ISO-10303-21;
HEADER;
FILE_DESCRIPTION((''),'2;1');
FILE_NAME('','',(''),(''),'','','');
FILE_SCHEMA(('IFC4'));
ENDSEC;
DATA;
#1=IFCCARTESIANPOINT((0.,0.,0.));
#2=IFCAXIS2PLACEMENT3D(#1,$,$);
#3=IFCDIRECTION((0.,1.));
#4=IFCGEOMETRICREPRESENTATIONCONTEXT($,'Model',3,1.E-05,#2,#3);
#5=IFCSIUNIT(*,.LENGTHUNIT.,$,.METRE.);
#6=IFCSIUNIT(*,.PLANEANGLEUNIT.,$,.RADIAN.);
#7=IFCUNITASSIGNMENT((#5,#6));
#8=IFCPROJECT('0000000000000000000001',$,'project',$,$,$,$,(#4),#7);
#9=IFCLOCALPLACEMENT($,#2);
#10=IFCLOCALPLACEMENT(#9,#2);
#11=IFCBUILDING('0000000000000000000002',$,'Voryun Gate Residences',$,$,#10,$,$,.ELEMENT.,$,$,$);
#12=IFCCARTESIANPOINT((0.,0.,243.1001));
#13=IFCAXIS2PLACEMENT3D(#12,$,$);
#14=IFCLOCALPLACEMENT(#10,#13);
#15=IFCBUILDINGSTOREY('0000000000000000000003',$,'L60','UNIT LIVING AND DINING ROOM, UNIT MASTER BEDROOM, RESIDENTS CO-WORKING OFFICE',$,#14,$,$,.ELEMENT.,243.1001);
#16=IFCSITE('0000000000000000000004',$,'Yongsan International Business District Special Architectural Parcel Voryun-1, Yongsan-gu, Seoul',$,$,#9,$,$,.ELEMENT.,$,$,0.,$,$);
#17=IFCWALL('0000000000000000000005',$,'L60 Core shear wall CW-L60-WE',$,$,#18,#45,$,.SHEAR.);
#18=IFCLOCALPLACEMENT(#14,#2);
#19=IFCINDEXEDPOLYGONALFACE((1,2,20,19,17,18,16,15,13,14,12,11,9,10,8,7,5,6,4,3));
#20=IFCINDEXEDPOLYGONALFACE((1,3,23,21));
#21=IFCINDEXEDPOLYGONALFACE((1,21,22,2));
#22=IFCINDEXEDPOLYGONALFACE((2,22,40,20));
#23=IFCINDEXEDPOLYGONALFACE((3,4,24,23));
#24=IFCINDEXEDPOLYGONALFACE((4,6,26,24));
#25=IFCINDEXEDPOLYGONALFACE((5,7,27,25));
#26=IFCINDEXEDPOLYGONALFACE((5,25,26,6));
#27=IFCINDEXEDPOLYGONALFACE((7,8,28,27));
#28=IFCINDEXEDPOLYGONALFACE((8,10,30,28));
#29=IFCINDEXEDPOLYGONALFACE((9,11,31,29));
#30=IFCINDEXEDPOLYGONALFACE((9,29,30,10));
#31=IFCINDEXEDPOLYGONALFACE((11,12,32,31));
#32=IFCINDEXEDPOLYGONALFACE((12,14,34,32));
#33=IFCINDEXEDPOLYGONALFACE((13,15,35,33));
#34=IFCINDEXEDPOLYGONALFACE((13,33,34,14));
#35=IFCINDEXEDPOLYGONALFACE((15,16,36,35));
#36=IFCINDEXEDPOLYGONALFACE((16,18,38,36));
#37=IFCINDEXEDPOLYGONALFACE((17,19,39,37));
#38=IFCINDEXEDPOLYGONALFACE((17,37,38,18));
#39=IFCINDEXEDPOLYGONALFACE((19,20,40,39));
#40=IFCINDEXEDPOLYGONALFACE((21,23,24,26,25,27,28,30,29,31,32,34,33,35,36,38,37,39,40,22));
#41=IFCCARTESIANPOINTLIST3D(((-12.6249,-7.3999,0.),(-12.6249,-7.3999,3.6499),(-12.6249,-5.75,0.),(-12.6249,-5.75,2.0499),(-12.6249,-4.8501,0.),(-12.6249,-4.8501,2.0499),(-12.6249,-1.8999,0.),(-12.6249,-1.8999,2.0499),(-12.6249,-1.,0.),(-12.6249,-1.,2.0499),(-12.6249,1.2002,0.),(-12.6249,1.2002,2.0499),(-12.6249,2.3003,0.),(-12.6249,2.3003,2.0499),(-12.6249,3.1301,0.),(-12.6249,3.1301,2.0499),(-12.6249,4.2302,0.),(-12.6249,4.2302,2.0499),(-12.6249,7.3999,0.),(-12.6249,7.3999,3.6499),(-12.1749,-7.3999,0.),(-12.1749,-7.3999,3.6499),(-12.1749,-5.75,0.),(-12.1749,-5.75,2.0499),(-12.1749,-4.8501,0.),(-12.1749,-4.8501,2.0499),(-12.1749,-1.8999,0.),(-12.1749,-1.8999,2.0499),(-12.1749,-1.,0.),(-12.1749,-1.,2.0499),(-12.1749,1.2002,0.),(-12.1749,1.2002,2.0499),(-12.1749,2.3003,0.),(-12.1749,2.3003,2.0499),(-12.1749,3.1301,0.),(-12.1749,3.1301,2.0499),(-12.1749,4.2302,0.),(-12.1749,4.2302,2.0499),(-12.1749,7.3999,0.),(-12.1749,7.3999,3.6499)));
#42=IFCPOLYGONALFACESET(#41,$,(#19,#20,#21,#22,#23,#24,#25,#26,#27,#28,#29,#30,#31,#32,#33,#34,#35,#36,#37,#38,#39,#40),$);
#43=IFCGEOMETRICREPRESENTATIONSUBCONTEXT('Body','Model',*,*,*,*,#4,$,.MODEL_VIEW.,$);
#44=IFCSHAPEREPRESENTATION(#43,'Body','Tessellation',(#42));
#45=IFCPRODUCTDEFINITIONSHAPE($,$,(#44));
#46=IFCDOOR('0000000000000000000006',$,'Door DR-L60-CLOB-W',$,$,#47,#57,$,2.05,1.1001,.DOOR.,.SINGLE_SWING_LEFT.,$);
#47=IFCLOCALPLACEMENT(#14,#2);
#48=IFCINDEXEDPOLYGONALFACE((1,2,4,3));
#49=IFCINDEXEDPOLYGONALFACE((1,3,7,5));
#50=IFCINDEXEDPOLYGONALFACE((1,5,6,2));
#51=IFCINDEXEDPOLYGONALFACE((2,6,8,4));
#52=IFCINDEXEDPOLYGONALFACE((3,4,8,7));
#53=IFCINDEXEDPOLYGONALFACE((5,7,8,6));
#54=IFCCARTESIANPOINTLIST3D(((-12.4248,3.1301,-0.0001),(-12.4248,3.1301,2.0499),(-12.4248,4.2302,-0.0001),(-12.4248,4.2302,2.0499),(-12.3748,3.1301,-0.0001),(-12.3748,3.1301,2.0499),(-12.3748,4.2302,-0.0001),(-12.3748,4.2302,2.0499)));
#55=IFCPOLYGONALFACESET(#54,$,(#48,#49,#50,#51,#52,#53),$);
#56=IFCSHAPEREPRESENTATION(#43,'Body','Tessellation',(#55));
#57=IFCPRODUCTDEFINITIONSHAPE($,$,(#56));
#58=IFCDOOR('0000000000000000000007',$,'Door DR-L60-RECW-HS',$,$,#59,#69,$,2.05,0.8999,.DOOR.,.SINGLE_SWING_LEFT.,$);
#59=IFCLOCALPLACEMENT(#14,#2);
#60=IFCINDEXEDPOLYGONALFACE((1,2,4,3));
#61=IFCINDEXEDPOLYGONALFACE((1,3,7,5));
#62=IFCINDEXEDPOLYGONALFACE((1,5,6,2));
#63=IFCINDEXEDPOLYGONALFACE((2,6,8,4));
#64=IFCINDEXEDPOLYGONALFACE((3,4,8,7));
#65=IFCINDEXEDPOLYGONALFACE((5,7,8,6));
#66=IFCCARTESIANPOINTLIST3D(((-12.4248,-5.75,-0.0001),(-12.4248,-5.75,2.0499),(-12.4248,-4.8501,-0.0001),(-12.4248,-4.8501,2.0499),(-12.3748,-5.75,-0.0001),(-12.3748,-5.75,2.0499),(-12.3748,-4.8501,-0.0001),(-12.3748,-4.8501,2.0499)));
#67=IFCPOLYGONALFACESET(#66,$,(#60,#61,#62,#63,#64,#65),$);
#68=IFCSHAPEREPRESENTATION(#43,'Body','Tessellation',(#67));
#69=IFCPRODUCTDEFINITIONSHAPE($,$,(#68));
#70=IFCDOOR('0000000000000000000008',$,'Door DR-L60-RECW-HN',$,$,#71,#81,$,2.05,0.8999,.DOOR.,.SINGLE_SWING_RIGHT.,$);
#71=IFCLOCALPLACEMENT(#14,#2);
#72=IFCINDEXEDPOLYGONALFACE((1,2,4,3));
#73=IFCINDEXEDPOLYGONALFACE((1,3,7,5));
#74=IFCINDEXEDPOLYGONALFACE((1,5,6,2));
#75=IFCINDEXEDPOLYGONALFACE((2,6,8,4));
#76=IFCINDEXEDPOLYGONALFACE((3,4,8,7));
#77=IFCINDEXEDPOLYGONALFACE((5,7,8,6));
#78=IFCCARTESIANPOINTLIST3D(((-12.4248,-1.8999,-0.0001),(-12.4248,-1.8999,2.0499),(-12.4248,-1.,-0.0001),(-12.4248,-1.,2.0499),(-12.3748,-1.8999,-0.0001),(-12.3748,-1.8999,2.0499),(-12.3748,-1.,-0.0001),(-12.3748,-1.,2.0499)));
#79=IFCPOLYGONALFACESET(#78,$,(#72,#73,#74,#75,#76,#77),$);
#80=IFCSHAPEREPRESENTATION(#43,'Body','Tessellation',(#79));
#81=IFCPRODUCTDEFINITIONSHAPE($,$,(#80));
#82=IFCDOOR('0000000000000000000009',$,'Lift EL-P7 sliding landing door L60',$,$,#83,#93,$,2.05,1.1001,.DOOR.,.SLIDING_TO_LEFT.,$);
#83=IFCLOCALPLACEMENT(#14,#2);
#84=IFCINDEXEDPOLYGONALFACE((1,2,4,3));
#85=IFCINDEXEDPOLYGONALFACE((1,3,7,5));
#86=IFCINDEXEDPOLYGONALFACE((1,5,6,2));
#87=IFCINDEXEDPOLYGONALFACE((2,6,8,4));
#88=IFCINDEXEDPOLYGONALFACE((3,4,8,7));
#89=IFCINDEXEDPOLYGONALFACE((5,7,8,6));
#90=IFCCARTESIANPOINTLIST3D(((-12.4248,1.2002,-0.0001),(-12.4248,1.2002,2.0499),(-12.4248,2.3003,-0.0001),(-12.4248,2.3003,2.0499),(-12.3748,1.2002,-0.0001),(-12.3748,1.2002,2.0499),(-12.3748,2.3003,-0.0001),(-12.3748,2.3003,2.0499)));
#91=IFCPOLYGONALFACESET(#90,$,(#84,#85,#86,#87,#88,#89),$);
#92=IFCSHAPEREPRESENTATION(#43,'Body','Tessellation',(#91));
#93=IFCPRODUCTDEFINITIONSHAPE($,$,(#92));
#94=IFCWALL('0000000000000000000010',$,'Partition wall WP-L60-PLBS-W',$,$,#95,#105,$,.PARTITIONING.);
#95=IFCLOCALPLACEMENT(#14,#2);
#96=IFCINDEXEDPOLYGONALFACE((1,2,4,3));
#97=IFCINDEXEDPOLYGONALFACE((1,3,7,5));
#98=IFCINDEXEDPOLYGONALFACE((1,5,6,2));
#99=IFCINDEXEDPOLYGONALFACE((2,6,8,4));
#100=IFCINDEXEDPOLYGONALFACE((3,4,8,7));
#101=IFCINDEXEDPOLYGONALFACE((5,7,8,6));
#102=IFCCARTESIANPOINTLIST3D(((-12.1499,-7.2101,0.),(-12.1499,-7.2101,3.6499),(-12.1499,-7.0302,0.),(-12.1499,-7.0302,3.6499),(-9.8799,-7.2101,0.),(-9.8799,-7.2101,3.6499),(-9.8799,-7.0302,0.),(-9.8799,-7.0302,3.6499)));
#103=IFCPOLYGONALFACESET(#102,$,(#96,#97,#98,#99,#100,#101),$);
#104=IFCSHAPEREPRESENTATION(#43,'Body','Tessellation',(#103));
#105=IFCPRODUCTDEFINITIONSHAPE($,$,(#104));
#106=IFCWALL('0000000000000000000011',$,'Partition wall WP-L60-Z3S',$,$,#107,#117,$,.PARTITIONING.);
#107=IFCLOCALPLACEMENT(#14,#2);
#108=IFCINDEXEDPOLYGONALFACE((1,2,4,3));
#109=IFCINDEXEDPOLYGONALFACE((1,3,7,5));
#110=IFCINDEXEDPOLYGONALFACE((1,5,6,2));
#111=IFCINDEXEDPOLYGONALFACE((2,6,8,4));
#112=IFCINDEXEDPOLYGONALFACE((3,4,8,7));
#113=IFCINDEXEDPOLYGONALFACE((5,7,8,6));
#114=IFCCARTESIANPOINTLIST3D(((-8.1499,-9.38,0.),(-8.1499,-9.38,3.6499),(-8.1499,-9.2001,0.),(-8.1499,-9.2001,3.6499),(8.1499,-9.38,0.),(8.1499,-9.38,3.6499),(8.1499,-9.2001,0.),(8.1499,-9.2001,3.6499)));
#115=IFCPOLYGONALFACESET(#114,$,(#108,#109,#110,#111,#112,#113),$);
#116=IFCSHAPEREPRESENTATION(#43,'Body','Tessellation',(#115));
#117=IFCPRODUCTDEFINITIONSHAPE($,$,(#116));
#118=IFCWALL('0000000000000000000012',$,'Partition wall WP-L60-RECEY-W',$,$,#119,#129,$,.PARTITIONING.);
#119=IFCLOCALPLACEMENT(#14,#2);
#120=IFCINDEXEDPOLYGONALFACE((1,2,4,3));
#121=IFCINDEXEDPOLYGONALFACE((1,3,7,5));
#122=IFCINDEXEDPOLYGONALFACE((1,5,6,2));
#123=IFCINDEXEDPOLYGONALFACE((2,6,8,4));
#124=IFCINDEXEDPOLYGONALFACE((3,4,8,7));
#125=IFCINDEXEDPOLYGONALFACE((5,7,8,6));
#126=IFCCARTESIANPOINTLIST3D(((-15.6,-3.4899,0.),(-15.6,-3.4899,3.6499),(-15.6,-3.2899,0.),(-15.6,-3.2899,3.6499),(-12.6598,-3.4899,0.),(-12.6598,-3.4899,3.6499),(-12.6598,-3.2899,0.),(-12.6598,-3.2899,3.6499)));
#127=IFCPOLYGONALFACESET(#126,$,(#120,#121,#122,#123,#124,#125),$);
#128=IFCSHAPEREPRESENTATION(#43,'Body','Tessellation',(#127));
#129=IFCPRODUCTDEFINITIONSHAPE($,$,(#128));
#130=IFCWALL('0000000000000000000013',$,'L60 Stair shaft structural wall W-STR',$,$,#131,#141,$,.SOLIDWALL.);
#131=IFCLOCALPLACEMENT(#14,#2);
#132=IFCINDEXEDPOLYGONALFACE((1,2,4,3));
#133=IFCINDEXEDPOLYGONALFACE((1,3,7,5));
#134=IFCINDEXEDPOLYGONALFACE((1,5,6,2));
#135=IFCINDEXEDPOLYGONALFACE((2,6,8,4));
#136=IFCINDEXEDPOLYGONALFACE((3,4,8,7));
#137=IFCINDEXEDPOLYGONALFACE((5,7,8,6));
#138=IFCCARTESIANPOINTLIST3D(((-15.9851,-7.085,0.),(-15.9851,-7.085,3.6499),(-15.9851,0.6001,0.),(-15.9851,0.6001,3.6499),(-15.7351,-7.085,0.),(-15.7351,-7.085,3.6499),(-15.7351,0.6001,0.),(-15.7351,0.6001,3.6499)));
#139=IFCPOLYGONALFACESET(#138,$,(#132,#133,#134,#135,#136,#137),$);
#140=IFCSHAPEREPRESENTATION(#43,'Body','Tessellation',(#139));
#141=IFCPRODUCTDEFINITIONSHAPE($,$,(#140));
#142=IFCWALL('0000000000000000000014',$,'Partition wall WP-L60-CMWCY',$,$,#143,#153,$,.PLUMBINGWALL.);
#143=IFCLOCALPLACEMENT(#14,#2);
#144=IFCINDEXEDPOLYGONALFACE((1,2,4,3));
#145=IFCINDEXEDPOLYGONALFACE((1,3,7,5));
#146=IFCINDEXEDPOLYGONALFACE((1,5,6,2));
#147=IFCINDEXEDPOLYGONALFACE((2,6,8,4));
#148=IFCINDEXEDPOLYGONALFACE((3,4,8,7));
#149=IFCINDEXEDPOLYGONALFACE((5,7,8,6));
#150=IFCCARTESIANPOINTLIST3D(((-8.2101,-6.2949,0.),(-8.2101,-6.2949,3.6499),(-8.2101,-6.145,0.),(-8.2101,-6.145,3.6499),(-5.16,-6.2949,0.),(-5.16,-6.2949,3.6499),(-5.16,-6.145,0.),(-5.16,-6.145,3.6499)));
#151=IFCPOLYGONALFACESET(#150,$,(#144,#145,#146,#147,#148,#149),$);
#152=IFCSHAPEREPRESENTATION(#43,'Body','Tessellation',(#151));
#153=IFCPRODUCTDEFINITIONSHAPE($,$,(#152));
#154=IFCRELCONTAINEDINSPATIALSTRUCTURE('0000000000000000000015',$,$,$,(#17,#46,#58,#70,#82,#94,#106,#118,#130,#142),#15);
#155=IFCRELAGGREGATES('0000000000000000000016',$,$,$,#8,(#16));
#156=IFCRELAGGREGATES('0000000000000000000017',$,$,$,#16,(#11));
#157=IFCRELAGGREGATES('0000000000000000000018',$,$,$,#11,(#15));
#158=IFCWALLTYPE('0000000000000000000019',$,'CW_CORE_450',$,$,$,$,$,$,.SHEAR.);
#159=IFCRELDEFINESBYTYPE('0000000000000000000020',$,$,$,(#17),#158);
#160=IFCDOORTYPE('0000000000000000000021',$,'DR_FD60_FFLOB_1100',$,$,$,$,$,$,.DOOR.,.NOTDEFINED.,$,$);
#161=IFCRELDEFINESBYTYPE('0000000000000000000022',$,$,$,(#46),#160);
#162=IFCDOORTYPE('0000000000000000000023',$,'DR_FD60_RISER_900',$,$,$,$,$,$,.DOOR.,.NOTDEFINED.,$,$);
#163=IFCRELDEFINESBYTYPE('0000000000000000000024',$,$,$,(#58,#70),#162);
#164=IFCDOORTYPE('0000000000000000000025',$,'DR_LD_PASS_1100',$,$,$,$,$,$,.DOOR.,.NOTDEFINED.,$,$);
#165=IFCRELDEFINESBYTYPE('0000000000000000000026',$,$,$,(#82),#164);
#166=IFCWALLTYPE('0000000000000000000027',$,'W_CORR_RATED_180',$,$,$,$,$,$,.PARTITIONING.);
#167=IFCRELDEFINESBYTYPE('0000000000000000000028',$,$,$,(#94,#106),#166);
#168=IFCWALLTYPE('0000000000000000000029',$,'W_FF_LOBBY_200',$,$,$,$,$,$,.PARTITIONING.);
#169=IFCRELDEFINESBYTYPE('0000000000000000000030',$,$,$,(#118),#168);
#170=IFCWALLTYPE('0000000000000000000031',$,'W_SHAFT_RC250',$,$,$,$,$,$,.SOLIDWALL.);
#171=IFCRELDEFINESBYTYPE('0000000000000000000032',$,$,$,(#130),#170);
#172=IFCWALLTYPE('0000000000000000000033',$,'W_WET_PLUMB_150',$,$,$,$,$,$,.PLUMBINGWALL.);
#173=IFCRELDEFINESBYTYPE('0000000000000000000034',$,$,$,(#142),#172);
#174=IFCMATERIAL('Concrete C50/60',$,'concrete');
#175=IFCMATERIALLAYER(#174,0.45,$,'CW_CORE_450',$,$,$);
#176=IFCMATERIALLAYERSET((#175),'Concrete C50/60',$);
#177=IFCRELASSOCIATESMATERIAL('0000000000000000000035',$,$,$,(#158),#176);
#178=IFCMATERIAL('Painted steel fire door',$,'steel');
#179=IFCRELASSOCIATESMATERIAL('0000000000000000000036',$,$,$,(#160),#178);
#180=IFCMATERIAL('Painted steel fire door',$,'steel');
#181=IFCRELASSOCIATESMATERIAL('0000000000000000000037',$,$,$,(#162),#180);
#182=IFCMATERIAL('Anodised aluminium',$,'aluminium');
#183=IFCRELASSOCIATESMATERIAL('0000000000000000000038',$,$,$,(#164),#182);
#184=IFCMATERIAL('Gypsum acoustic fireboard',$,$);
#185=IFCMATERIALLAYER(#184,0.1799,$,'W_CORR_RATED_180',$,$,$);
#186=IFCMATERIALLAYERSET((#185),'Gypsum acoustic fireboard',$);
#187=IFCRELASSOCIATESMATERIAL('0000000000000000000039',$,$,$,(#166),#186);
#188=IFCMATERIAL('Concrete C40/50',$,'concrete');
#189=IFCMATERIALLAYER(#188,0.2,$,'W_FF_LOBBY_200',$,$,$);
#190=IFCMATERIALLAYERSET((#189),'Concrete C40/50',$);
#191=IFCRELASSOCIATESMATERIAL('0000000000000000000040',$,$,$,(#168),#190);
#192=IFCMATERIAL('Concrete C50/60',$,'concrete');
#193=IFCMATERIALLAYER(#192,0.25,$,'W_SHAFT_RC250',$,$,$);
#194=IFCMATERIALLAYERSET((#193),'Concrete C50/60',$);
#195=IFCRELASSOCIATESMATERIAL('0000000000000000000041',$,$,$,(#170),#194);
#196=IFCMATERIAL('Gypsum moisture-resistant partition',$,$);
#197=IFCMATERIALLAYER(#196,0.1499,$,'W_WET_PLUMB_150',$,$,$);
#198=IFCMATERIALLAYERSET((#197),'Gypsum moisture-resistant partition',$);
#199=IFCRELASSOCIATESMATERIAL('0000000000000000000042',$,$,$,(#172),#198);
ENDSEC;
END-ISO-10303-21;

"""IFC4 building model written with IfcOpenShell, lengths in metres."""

from ifc_helpers import new_model, si_unit, direction, frame, frame_2d, origin, place, context, subcontext, project, spatial, rectangle, extrude, material, layer, layer_set, type_object, element, fill, save


model = new_model("IFC4")

# Units and contexts
model_context = context("Model", 3, precision=1e-05, world=origin(), true_north=direction((0.0, 1.0)))
body_context = subcontext(model_context, "Body", "Model", "MODEL_VIEW")
ifc_project = project(units=[si_unit("LENGTHUNIT", "METRE"), si_unit("PLANEANGLEUNIT", "RADIAN")], contexts=[model_context])

# Site, building, storey
site_placement = place(None, origin())
site = spatial("IfcSite", under=ifc_project, at=site_placement, Name="Yongsan International Business District Special Architectural Parcel Voryun-1, Yongsan-gu, Seoul", CompositionType="ELEMENT", RefElevation=0.0)
building_placement = place(site_placement, origin())
building = spatial("IfcBuilding", under=site, at=building_placement, Name="Voryun Gate Residences", CompositionType="ELEMENT")
storey_placement = place(building_placement, frame((0.0, 0.0, 243.1001)))
storey = spatial("IfcBuildingStorey", under=building, at=storey_placement, Name="L60", Description="UNIT LIVING AND DINING ROOM, UNIT MASTER BEDROOM, RESIDENTS CO-WORKING OFFICE", CompositionType="ELEMENT", Elevation=243.1001)

# Wall, openings, doors
ifc_material_1 = material(Name="Concrete C50/60", Category="concrete")
ifc_layer_1 = layer(ifc_material_1, 0.45, Name="CW_CORE_450")
ifc_layer_set_1 = layer_set([ifc_layer_1], Name="Concrete C50/60")
wall_type_1 = type_object("IfcWallType", Name="CW_CORE_450", PredefinedType="SHEAR", material=ifc_layer_set_1)
wall_1_placement = place(storey_placement, frame((-12.3999, -7.3999, 0.0), z_axis=(0.0, 0.0, 1.0), x_axis=(0.0, 1.0, 0.0)))
wall_1 = element("IfcWall", 1, at=wall_1_placement, inside=storey, type_object=wall_type_1, Name="L60 Core shear wall CW-L60-WE", PredefinedType="SHEAR", context=body_context, shape_type="SweptSolid", body=[
    extrude(rectangle(XDim=14.7998, YDim=0.45, at=frame_2d((7.3999, 0.0))), origin(), (0.0, 0.0, 1.0), 3.6499),
])
opening_1_placement = place(wall_1_placement, frame((8.6001, 0.0, 0.0)))
opening_1 = element("IfcOpeningElement", 2, at=opening_1_placement, cuts=wall_1, PredefinedType="OPENING", context=body_context, shape_type="SweptSolid", body=[
    extrude(rectangle(XDim=1.1001, YDim=2.05, at=frame_2d((0.55, 1.0249))), frame((0.0, 0.2351, 0.0), z_axis=(0.0, -1.0, 0.0), x_axis=(1.0, 0.0, 0.0)), (0.0, 0.0, 1.0), 0.47),
])
opening_2_placement = place(wall_1_placement, frame((10.53, 0.0, 0.0)))
opening_2 = element("IfcOpeningElement", 3, at=opening_2_placement, cuts=wall_1, PredefinedType="OPENING", context=body_context, shape_type="SweptSolid", body=[
    extrude(rectangle(XDim=1.1001, YDim=2.05, at=frame_2d((0.55, 1.0249))), frame((0.0, 0.2351, 0.0), z_axis=(0.0, -1.0, 0.0), x_axis=(1.0, 0.0, 0.0)), (0.0, 0.0, 1.0), 0.47),
])
opening_3_placement = place(wall_1_placement, frame((1.6499, 0.0, 0.0)))
opening_3 = element("IfcOpeningElement", 4, at=opening_3_placement, cuts=wall_1, PredefinedType="OPENING", context=body_context, shape_type="SweptSolid", body=[
    extrude(rectangle(XDim=0.8999, YDim=2.05, at=frame_2d((0.45, 1.0249))), frame((0.0, 0.2351, 0.0), z_axis=(0.0, -1.0, 0.0), x_axis=(1.0, 0.0, 0.0)), (0.0, 0.0, 1.0), 0.47),
])
opening_4_placement = place(wall_1_placement, frame((5.5, 0.0, 0.0)))
opening_4 = element("IfcOpeningElement", 5, at=opening_4_placement, cuts=wall_1, PredefinedType="OPENING", context=body_context, shape_type="SweptSolid", body=[
    extrude(rectangle(XDim=0.8999, YDim=2.05, at=frame_2d((0.45, 1.0249))), frame((0.0, 0.2351, 0.0), z_axis=(0.0, -1.0, 0.0), x_axis=(1.0, 0.0, 0.0)), (0.0, 0.0, 1.0), 0.47),
])
ifc_material_2 = material(Name="Painted steel fire door", Category="steel")
door_type_1 = type_object("IfcDoorType", Name="DR_FD60_FFLOB_1100", OperationType="NOTDEFINED", PredefinedType="DOOR", material=ifc_material_2)
door_1_placement = place(opening_2_placement, origin())
door_1 = element("IfcDoor", 6, at=door_1_placement, inside=storey, type_object=door_type_1, Name="Door DR-L60-CLOB-W", OperationType="SINGLE_SWING_LEFT", OverallHeight=2.05, OverallWidth=1.1001, PredefinedType="DOOR", context=body_context, shape_type="SweptSolid", body=[
    extrude(rectangle(XDim=1.1001, YDim=2.05, at=frame_2d((0.55, 1.0249))), frame((0.0, 0.0249, 0.0), z_axis=(0.0, -1.0, 0.0), x_axis=(1.0, 0.0, 0.0)), (0.0, 0.0, 1.0), 0.05),
])
fill(opening_2, door_1)
ifc_material_3 = material(Name="Painted steel fire door", Category="steel")
door_type_2 = type_object("IfcDoorType", Name="DR_FD60_RISER_900", OperationType="NOTDEFINED", PredefinedType="DOOR", material=ifc_material_3)
door_2_placement = place(opening_3_placement, origin())
door_2 = element("IfcDoor", 7, at=door_2_placement, inside=storey, type_object=door_type_2, Name="Door DR-L60-RECW-HS", OperationType="SINGLE_SWING_LEFT", OverallHeight=2.05, OverallWidth=0.8999, PredefinedType="DOOR", context=body_context, shape_type="SweptSolid", body=[
    extrude(rectangle(XDim=0.8999, YDim=2.05, at=frame_2d((0.45, 1.0249))), frame((0.0, 0.0249, 0.0), z_axis=(0.0, -1.0, 0.0), x_axis=(1.0, 0.0, 0.0)), (0.0, 0.0, 1.0), 0.05),
])
fill(opening_3, door_2)
door_3_placement = place(opening_4_placement, origin())
door_3 = element("IfcDoor", 8, at=door_3_placement, inside=storey, type_object=door_type_2, Name="Door DR-L60-RECW-HN", OperationType="SINGLE_SWING_RIGHT", OverallHeight=2.05, OverallWidth=0.8999, PredefinedType="DOOR", context=body_context, shape_type="SweptSolid", body=[
    extrude(rectangle(XDim=0.8999, YDim=2.05, at=frame_2d((0.45, 1.0249))), frame((0.0, 0.0249, 0.0), z_axis=(0.0, -1.0, 0.0), x_axis=(1.0, 0.0, 0.0)), (0.0, 0.0, 1.0), 0.05),
])
fill(opening_4, door_3)
ifc_material_4 = material(Name="Anodised aluminium", Category="aluminium")
door_type_3 = type_object("IfcDoorType", Name="DR_LD_PASS_1100", OperationType="NOTDEFINED", PredefinedType="DOOR", material=ifc_material_4)
door_4_placement = place(opening_1_placement, origin())
door_4 = element("IfcDoor", 9, at=door_4_placement, inside=storey, type_object=door_type_3, Name="Lift EL-P7 sliding landing door L60", OperationType="SLIDING_TO_LEFT", OverallHeight=2.05, OverallWidth=1.1001, PredefinedType="DOOR", context=body_context, shape_type="SweptSolid", body=[
    extrude(rectangle(XDim=1.1001, YDim=2.05, at=frame_2d((0.55, 1.0249))), frame((0.0, 0.0249, 0.0), z_axis=(0.0, -1.0, 0.0), x_axis=(1.0, 0.0, 0.0)), (0.0, 0.0, 1.0), 0.05),
])
fill(opening_1, door_4)

# Walls
ifc_material_5 = material(Name="Gypsum acoustic fireboard")
ifc_layer_2 = layer(ifc_material_5, 0.1799, Name="W_CORR_RATED_180")
ifc_layer_set_2 = layer_set([ifc_layer_2], Name="Gypsum acoustic fireboard")
wall_type_2 = type_object("IfcWallType", Name="W_CORR_RATED_180", PredefinedType="PARTITIONING", material=ifc_layer_set_2)
wall_2_placement = place(storey_placement, frame((-12.1499, -7.1201, 0.0), z_axis=(0.0, 0.0, 1.0), x_axis=(1.0, 0.0, 0.0)))
element("IfcWall", 10, at=wall_2_placement, inside=storey, type_object=wall_type_2, Name="Partition wall WP-L60-PLBS-W", PredefinedType="PARTITIONING", context=body_context, shape_type="SweptSolid", body=[
    extrude(rectangle(XDim=2.27, YDim=0.1799, at=frame_2d((1.135, 0.0))), origin(), (0.0, 0.0, 1.0), 3.6499),
])
wall_3_placement = place(storey_placement, frame((-8.1499, -9.29, 0.0), z_axis=(0.0, 0.0, 1.0), x_axis=(1.0, 0.0, 0.0)))
element("IfcWall", 11, at=wall_3_placement, inside=storey, type_object=wall_type_2, Name="Partition wall WP-L60-Z3S", PredefinedType="PARTITIONING", context=body_context, shape_type="SweptSolid", body=[
    extrude(rectangle(XDim=16.2998, YDim=0.1799, at=frame_2d((8.1499, 0.0))), origin(), (0.0, 0.0, 1.0), 3.6499),
])
ifc_material_6 = material(Name="Concrete C40/50", Category="concrete")
ifc_layer_3 = layer(ifc_material_6, 0.2, Name="W_FF_LOBBY_200")
ifc_layer_set_3 = layer_set([ifc_layer_3], Name="Concrete C40/50")
wall_type_3 = type_object("IfcWallType", Name="W_FF_LOBBY_200", PredefinedType="PARTITIONING", material=ifc_layer_set_3)
wall_4_placement = place(storey_placement, frame((-15.6001, -3.3899, 0.0), z_axis=(0.0, 0.0, 1.0), x_axis=(1.0, 0.0, 0.0)))
element("IfcWall", 12, at=wall_4_placement, inside=storey, type_object=wall_type_3, Name="Partition wall WP-L60-RECEY-W", PredefinedType="PARTITIONING", context=body_context, shape_type="SweptSolid", body=[
    extrude(rectangle(XDim=2.9402, YDim=0.2, at=frame_2d((1.4702, 0.0))), origin(), (0.0, 0.0, 1.0), 3.6499),
])
ifc_material_7 = material(Name="Concrete C50/60", Category="concrete")
ifc_layer_4 = layer(ifc_material_7, 0.25, Name="W_SHAFT_RC250")
ifc_layer_set_4 = layer_set([ifc_layer_4], Name="Concrete C50/60")
wall_type_4 = type_object("IfcWallType", Name="W_SHAFT_RC250", PredefinedType="SOLIDWALL", material=ifc_layer_set_4)
wall_5_placement = place(storey_placement, frame((-15.8601, -7.085, 0.0), z_axis=(0.0, 0.0, 1.0), x_axis=(0.0, 1.0, 0.0)))
element("IfcWall", 13, at=wall_5_placement, inside=storey, type_object=wall_type_4, Name="L60 Stair shaft structural wall W-STR", PredefinedType="SOLIDWALL", context=body_context, shape_type="SweptSolid", body=[
    extrude(rectangle(XDim=7.6851, YDim=0.25, at=frame_2d((3.8425, 0.0))), origin(), (0.0, 0.0, 1.0), 3.6499),
])
ifc_material_8 = material(Name="Gypsum moisture-resistant partition")
ifc_layer_5 = layer(ifc_material_8, 0.1499, Name="W_WET_PLUMB_150")
ifc_layer_set_5 = layer_set([ifc_layer_5], Name="Gypsum moisture-resistant partition")
wall_type_5 = type_object("IfcWallType", Name="W_WET_PLUMB_150", PredefinedType="PLUMBINGWALL", material=ifc_layer_set_5)
wall_6_placement = place(storey_placement, frame((-8.21, -6.22, 0.0), z_axis=(0.0, 0.0, 1.0), x_axis=(1.0, 0.0, 0.0)))
element("IfcWall", 14, at=wall_6_placement, inside=storey, type_object=wall_type_5, Name="Partition wall WP-L60-CMWCY", PredefinedType="PLUMBINGWALL", context=body_context, shape_type="SweptSolid", body=[
    extrude(rectangle(XDim=3.05, YDim=0.1499, at=frame_2d((1.5249, 0.0))), origin(), (0.0, 0.0, 1.0), 3.6499),
])

save(model, "model.ifc")
